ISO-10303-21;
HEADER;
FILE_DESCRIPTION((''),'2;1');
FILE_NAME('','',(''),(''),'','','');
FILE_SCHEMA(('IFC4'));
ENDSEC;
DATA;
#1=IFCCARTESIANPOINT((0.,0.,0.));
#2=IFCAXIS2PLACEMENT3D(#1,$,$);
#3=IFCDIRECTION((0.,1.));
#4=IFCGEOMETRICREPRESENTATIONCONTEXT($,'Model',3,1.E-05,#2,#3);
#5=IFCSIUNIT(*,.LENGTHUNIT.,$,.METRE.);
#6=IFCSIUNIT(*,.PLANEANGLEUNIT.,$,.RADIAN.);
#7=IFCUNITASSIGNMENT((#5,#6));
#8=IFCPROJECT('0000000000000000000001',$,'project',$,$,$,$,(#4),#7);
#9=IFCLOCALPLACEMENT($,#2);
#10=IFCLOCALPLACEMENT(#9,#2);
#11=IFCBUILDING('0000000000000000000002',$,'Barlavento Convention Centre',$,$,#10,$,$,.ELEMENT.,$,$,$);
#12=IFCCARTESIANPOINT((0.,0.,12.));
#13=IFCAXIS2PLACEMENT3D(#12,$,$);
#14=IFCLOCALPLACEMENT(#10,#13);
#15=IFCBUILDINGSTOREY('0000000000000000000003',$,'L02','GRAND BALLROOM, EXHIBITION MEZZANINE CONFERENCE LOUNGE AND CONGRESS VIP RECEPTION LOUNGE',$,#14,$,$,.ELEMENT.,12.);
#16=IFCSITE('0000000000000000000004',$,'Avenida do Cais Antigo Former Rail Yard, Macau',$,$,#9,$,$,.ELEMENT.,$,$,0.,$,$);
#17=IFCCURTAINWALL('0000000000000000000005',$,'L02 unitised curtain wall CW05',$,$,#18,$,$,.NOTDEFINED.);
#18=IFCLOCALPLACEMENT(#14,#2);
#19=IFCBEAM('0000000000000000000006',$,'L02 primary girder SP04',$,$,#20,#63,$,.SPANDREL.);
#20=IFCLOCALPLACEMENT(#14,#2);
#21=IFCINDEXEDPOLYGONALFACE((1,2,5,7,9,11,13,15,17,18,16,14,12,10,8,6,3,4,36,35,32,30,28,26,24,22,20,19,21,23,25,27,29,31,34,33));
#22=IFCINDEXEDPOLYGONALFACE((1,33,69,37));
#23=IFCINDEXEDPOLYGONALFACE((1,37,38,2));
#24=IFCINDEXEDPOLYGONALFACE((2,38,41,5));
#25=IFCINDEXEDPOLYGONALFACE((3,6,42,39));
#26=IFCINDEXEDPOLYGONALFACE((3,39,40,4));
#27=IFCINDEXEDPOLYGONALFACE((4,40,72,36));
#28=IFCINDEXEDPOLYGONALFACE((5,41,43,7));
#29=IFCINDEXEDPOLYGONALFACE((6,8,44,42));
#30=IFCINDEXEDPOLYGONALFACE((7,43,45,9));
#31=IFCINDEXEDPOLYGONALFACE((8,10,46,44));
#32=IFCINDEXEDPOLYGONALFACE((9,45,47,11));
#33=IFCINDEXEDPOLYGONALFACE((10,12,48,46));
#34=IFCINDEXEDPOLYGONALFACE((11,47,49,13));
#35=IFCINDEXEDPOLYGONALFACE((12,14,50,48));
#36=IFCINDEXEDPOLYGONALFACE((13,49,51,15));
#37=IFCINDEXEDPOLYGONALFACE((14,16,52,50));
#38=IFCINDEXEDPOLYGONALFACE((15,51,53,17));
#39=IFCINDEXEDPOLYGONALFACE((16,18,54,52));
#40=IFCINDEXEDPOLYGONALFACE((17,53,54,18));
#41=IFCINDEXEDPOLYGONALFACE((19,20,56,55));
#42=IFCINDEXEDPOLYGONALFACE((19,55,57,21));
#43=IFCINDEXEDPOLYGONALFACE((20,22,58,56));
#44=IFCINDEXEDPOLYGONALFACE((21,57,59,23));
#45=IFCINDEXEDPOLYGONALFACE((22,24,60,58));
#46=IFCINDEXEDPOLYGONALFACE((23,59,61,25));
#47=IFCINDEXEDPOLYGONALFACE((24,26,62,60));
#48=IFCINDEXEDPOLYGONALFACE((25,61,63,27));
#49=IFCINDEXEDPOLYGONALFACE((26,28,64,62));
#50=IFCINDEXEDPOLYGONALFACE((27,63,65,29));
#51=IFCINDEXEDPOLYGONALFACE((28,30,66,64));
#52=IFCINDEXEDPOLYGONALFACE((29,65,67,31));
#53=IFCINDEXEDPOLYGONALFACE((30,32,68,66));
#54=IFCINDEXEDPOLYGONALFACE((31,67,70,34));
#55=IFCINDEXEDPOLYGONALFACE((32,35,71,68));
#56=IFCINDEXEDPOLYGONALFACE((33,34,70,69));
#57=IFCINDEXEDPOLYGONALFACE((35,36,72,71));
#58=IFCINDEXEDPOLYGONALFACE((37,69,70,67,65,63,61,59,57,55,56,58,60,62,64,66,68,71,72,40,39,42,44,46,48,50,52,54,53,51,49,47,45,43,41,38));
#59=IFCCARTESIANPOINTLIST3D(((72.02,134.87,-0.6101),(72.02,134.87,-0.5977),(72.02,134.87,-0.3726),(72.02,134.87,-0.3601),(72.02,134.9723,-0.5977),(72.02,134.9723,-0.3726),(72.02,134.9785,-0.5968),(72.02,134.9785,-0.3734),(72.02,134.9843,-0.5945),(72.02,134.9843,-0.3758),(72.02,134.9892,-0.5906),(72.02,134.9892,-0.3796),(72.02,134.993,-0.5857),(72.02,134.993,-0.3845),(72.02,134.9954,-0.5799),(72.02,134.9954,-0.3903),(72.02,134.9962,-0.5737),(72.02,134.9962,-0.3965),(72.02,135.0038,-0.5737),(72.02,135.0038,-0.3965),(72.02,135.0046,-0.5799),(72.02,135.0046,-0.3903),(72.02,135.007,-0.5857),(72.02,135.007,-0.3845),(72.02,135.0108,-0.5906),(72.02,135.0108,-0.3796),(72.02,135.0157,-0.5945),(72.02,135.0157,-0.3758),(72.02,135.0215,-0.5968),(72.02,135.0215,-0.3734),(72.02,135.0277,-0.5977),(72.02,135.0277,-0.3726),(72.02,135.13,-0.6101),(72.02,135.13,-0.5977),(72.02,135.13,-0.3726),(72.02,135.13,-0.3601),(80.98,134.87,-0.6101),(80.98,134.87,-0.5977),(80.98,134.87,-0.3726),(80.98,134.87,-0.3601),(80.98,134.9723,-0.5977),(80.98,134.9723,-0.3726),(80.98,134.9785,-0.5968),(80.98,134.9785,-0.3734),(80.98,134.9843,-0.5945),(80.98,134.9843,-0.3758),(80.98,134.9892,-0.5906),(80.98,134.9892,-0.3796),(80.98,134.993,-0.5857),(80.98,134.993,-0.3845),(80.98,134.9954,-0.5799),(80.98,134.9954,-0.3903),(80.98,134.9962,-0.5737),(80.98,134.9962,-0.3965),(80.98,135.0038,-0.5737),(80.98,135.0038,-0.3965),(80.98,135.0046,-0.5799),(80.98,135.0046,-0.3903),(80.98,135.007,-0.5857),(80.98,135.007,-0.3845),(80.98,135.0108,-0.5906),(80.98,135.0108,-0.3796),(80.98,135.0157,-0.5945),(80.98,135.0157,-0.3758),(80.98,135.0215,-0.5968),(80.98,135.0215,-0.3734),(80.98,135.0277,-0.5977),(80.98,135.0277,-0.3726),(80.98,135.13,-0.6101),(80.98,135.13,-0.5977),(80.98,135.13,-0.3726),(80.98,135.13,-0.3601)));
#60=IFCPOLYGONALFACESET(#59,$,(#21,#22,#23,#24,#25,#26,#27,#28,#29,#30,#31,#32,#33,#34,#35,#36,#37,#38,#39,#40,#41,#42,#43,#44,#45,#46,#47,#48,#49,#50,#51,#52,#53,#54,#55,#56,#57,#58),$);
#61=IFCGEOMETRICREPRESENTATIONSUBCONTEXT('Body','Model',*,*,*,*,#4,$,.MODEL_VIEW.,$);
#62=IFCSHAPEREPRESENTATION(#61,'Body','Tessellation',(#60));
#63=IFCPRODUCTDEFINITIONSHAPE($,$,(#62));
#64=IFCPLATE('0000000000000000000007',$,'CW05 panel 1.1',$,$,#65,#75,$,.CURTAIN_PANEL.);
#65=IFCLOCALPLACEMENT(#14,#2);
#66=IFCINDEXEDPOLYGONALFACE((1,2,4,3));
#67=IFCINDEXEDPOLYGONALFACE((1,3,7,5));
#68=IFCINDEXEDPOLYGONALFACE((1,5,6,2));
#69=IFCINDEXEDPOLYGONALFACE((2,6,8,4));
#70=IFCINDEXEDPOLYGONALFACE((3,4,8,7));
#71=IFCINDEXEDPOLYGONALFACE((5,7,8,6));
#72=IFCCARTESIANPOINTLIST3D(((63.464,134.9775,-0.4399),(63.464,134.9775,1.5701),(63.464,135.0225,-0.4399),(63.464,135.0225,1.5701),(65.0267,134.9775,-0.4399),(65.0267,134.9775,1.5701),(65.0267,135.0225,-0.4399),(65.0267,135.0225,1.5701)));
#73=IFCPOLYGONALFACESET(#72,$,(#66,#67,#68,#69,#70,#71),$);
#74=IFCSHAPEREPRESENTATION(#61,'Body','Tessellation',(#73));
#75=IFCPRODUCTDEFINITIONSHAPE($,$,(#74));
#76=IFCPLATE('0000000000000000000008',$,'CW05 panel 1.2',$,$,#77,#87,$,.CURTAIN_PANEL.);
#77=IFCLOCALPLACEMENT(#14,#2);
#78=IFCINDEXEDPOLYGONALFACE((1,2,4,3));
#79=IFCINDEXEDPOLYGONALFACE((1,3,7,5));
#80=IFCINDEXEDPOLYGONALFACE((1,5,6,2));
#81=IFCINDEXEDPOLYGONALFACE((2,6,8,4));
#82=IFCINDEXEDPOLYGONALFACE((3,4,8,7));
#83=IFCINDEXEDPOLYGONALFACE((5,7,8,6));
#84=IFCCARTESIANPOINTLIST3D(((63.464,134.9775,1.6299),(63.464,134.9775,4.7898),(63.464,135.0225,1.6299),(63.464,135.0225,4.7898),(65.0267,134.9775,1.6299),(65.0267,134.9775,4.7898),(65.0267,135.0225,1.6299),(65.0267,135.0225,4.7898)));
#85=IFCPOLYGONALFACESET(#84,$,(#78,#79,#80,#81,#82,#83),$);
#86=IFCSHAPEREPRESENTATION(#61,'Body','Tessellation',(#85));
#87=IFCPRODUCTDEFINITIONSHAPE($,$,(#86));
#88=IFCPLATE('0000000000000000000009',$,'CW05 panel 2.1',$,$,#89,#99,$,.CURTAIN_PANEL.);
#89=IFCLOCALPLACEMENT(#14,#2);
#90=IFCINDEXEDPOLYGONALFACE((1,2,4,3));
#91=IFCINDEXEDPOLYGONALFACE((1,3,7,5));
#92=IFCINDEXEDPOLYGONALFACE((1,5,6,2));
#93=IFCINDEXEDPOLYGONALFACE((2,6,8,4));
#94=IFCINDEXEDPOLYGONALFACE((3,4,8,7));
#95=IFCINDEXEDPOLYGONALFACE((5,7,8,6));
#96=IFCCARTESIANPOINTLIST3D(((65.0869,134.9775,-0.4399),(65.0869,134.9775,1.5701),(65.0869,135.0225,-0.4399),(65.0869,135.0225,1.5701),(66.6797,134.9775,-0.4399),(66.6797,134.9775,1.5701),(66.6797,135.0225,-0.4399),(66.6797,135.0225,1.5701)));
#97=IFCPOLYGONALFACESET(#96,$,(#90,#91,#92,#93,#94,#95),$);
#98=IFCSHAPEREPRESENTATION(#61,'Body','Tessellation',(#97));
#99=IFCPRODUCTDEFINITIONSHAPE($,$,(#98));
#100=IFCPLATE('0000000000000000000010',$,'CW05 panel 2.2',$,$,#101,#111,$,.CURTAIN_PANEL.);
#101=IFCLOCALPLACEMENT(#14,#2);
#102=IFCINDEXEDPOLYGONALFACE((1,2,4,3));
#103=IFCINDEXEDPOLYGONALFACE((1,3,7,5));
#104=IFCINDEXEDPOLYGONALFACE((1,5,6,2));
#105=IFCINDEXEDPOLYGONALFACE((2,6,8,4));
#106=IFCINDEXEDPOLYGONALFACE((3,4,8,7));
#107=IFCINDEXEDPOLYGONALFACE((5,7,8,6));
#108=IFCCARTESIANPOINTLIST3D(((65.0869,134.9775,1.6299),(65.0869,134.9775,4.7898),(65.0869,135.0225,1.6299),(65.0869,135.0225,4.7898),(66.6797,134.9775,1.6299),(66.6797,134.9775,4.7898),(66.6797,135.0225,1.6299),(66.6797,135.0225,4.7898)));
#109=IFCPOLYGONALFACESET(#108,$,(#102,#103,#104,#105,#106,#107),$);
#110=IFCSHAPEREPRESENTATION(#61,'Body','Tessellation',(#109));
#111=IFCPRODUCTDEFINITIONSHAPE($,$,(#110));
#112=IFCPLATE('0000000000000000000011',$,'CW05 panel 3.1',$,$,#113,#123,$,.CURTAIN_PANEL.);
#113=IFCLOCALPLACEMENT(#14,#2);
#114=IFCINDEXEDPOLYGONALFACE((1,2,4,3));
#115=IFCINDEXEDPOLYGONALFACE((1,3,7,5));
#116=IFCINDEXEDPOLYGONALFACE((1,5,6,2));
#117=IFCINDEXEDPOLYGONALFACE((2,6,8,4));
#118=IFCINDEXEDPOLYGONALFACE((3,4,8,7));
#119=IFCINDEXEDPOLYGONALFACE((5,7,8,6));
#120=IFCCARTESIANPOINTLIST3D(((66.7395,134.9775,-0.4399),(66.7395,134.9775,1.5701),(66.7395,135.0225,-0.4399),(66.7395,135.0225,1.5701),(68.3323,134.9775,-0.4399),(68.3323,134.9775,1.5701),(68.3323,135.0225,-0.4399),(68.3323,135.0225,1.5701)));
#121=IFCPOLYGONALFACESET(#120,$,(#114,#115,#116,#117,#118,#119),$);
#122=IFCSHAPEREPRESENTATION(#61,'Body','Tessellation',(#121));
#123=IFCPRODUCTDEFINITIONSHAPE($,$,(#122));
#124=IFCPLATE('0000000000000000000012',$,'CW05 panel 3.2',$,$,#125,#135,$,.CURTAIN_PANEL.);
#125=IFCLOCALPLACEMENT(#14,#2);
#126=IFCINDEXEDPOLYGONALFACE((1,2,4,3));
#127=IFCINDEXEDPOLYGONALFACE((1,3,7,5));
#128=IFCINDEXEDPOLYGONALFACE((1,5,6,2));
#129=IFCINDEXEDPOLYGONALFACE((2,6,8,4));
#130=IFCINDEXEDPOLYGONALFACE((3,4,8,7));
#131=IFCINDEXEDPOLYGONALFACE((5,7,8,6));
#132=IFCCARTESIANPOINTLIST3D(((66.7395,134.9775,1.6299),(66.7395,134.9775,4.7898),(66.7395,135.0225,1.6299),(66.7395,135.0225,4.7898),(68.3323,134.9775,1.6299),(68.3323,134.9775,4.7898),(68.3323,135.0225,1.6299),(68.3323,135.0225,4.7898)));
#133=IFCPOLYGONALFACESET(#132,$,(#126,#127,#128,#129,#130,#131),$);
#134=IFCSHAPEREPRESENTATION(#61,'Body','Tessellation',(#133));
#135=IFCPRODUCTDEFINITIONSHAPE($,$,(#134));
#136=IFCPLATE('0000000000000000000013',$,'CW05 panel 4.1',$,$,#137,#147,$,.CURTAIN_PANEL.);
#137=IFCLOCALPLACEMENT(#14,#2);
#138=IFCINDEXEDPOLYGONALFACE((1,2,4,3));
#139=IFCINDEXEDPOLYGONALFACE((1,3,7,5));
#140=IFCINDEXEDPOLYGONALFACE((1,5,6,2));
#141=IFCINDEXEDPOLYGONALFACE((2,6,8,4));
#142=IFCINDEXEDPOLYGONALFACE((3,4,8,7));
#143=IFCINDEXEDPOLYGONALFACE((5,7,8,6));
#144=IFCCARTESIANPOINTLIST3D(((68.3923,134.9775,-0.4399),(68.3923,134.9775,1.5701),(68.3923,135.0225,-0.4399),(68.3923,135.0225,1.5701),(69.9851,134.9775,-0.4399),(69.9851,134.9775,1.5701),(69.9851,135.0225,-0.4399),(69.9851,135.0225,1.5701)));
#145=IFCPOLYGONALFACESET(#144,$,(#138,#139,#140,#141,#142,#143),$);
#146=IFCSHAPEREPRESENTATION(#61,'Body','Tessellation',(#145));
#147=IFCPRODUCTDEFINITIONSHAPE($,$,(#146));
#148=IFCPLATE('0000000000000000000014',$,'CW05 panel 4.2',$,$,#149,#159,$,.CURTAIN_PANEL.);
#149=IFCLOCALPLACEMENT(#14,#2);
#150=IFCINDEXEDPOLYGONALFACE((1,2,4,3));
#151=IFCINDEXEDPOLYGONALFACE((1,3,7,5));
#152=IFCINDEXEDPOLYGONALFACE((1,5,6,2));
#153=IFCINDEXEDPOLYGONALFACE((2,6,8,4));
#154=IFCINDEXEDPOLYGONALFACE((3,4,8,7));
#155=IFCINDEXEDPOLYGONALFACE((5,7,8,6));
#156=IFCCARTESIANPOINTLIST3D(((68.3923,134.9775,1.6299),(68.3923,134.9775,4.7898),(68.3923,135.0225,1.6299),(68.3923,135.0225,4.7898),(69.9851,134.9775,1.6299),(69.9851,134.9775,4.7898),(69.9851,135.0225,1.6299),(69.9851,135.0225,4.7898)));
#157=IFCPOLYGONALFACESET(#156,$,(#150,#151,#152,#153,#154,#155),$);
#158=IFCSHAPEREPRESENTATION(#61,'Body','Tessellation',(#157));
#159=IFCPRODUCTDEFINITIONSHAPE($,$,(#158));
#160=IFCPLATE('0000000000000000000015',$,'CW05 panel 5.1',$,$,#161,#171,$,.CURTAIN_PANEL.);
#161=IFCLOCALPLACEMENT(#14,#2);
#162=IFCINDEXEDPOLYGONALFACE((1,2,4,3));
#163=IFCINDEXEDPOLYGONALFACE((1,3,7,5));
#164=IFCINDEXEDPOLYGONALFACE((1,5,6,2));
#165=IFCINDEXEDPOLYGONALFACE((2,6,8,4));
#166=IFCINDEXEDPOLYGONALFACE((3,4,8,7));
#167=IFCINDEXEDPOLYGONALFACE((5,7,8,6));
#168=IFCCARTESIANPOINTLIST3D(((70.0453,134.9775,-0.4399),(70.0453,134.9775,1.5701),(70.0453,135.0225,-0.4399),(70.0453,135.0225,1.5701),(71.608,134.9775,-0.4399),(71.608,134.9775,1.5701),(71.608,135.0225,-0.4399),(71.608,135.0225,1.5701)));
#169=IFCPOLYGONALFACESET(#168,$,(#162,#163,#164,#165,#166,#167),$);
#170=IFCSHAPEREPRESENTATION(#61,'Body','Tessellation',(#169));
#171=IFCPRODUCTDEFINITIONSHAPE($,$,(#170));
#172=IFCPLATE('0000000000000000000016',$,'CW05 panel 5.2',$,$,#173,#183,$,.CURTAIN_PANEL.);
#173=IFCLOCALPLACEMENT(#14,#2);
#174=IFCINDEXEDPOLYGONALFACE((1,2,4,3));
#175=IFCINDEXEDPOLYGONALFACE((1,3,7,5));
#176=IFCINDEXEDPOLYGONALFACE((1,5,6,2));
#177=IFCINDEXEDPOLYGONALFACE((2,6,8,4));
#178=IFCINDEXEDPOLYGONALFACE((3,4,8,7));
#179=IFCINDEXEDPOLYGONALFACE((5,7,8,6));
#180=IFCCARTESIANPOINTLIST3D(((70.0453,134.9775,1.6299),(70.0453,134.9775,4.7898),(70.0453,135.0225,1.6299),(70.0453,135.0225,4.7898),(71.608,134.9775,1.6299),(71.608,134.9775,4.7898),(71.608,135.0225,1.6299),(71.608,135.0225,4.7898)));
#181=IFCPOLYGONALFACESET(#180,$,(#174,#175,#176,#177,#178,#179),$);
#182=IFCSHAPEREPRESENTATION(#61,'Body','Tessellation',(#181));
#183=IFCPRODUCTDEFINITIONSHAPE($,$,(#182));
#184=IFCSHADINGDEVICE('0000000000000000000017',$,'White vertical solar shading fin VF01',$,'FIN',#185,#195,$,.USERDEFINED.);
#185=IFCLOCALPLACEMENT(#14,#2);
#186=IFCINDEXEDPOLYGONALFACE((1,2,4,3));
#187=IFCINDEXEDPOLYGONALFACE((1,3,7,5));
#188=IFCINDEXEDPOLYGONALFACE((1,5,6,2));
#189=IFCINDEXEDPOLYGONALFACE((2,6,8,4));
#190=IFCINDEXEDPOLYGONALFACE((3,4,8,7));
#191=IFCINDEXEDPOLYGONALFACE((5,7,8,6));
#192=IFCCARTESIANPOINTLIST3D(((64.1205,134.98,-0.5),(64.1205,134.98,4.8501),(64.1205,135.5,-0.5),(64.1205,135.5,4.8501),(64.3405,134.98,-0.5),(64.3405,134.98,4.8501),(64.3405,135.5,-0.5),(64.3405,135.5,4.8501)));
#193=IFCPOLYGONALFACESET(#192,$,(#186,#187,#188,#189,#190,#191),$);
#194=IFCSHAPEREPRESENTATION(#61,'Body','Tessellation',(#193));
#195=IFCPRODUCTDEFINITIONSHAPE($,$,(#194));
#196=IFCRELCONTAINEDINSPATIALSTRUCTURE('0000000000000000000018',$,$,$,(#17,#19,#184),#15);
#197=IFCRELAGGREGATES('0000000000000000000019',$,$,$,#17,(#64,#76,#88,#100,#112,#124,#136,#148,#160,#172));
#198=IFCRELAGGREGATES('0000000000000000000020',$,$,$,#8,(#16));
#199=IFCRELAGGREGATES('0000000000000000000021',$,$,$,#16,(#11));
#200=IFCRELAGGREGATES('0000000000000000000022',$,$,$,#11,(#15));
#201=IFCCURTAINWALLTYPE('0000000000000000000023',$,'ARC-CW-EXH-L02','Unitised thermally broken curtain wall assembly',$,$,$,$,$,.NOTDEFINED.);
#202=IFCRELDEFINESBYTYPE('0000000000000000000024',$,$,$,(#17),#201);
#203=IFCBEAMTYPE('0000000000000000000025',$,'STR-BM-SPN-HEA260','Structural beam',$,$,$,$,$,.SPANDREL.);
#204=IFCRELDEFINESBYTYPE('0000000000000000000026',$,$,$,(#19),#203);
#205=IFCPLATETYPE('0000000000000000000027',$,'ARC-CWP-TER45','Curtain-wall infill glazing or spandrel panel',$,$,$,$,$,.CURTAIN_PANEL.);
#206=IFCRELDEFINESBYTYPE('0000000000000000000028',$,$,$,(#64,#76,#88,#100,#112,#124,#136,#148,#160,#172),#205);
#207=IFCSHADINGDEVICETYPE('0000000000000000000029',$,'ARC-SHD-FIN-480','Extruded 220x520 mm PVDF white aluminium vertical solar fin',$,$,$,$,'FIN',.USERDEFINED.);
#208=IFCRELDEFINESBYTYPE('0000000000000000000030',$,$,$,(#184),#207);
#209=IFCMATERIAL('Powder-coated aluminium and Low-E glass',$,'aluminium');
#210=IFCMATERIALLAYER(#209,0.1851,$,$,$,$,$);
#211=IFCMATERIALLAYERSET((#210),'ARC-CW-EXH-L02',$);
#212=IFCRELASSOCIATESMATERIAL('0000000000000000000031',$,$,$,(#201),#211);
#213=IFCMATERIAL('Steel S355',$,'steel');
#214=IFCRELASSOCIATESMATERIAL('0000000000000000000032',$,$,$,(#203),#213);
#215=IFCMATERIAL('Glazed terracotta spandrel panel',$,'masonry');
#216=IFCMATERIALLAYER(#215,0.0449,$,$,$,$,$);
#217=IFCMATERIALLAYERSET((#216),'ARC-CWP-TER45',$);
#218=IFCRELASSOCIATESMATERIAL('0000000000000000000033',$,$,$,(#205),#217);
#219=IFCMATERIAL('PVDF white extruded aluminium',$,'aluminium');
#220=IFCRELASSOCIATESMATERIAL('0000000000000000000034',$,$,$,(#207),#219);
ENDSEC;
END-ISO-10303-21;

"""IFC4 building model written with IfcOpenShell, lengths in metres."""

from ifc_helpers import new_model, si_unit, direction, frame, origin, origin_2d, place, context, subcontext, project, spatial, rectangle, i_section, extrude, material, layer, layer_set, material_profile, profile_set, type_object, element, aggregate, save


model = new_model("IFC4")

# Units and contexts
model_context = context("Model", 3, precision=1e-05, world=origin(), true_north=direction((0.0, 1.0)))
body_context = subcontext(model_context, "Body", "Model", "MODEL_VIEW")
ifc_project = project(units=[si_unit("LENGTHUNIT", "METRE"), si_unit("PLANEANGLEUNIT", "RADIAN")], contexts=[model_context])

# Site, building, storey
site_placement = place(None, origin())
site = spatial("IfcSite", under=ifc_project, at=site_placement, Name="Avenida do Cais Antigo Former Rail Yard, Macau", CompositionType="ELEMENT", RefElevation=0.0)
building_placement = place(site_placement, origin())
building = spatial("IfcBuilding", under=site, at=building_placement, Name="Barlavento Convention Centre", CompositionType="ELEMENT")
storey_placement = place(building_placement, frame((0.0, 0.0, 12.0)))
storey = spatial("IfcBuildingStorey", under=building, at=storey_placement, Name="L02", Description="GRAND BALLROOM, EXHIBITION MEZZANINE CONFERENCE LOUNGE AND CONGRESS VIP RECEPTION LOUNGE", CompositionType="ELEMENT", Elevation=12.0)

# Shared definitions
ifc_material_1 = material(Name="Steel S355", Category="steel")

# Curtain wall
ifc_material_2 = material(Name="Powder-coated aluminium and Low-E glass", Category="aluminium")
ifc_layer_1 = layer(ifc_material_2, 0.1851)
ifc_layer_set_1 = layer_set([ifc_layer_1], Name="ARC-CW-EXH-L02")
curtain_wall_type = type_object("IfcCurtainWallType", Name="ARC-CW-EXH-L02", Description="Unitised thermally broken curtain wall assembly", PredefinedType="NOTDEFINED", material=ifc_layer_set_1)
curtain_wall_placement = place(storey_placement, origin())
curtain_wall = element("IfcCurtainWall", 1, at=curtain_wall_placement, inside=storey, type_object=curtain_wall_type, Name="L02 unitised curtain wall CW05", PredefinedType="NOTDEFINED")

# Beam
ifc_material_profile_1 = material_profile(ifc_material_1, i_section(OverallWidth=0.26, OverallDepth=0.25, WebThickness=0.0076, FlangeThickness=0.0125, FilletRadius=0.0239, at=origin_2d()), Name="HEA 260")
ifc_profile_set_1 = profile_set([ifc_material_profile_1], Name="Steel S355")
beam_type = type_object("IfcBeamType", Name="STR-BM-SPN-HEA260", Description="Structural beam", PredefinedType="SPANDREL", material=ifc_profile_set_1)
beam_placement = place(storey_placement, frame((72.02, 135.0, -0.4851), z_axis=(1.0, 0.0, 0.0), x_axis=(0.0, 1.0, 0.0)))
element("IfcBeam", 2, at=beam_placement, inside=storey, type_object=beam_type, Name="L02 primary girder SP04", PredefinedType="SPANDREL", context=body_context, shape_type="SweptSolid", body=[
    extrude(i_section(OverallWidth=0.26, OverallDepth=0.25, WebThickness=0.0076, FlangeThickness=0.0125, FilletRadius=0.0239, at=origin_2d()), origin(), (0.0, 0.0, 1.0), 8.96),
])

# Plates
ifc_material_3 = material(Name="Glazed terracotta spandrel panel", Category="masonry")
ifc_layer_2 = layer(ifc_material_3, 0.0449)
ifc_layer_set_2 = layer_set([ifc_layer_2], Name="ARC-CWP-TER45")
plate_type = type_object("IfcPlateType", Name="ARC-CWP-TER45", Description="Curtain-wall infill glazing or spandrel panel", PredefinedType="CURTAIN_PANEL", material=ifc_layer_set_2)
plate_1_placement = place(storey_placement, frame((64.2454, 135.0, -0.4399), z_axis=(0.0, 0.0, 1.0), x_axis=(1.0, 0.0, 0.0)))
plate_1 = element("IfcPlate", 3, at=plate_1_placement, type_object=plate_type, Name="CW05 panel 1.1", PredefinedType="CURTAIN_PANEL", context=body_context, shape_type="SweptSolid", body=[
    extrude(rectangle(XDim=1.5627, YDim=0.0449, at=origin_2d()), origin(), (0.0, 0.0, 1.0), 2.01),
])
plate_2_placement = place(storey_placement, frame((64.2454, 135.0, 1.6299), z_axis=(0.0, 0.0, 1.0), x_axis=(1.0, 0.0, 0.0)))
plate_2 = element("IfcPlate", 4, at=plate_2_placement, type_object=plate_type, Name="CW05 panel 1.2", PredefinedType="CURTAIN_PANEL", context=body_context, shape_type="SweptSolid", body=[
    extrude(rectangle(XDim=1.5627, YDim=0.0449, at=origin_2d()), origin(), (0.0, 0.0, 1.0), 3.1599),
])
plate_3_placement = place(storey_placement, frame((65.8833, 135.0, -0.4399), z_axis=(0.0, 0.0, 1.0), x_axis=(1.0, 0.0, 0.0)))
plate_3 = element("IfcPlate", 5, at=plate_3_placement, type_object=plate_type, Name="CW05 panel 2.1", PredefinedType="CURTAIN_PANEL", context=body_context, shape_type="SweptSolid", body=[
    extrude(rectangle(XDim=1.5928, YDim=0.0449, at=origin_2d()), origin(), (0.0, 0.0, 1.0), 2.01),
])
plate_4_placement = place(storey_placement, frame((65.8833, 135.0, 1.6299), z_axis=(0.0, 0.0, 1.0), x_axis=(1.0, 0.0, 0.0)))
plate_4 = element("IfcPlate", 6, at=plate_4_placement, type_object=plate_type, Name="CW05 panel 2.2", PredefinedType="CURTAIN_PANEL", context=body_context, shape_type="SweptSolid", body=[
    extrude(rectangle(XDim=1.5928, YDim=0.0449, at=origin_2d()), origin(), (0.0, 0.0, 1.0), 3.1599),
])
plate_5_placement = place(storey_placement, frame((67.5359, 135.0, -0.4399), z_axis=(0.0, 0.0, 1.0), x_axis=(1.0, 0.0, 0.0)))
plate_5 = element("IfcPlate", 7, at=plate_5_placement, type_object=plate_type, Name="CW05 panel 3.1", PredefinedType="CURTAIN_PANEL", context=body_context, shape_type="SweptSolid", body=[
    extrude(rectangle(XDim=1.5928, YDim=0.0449, at=origin_2d()), origin(), (0.0, 0.0, 1.0), 2.01),
])
plate_6_placement = place(storey_placement, frame((67.5359, 135.0, 1.6299), z_axis=(0.0, 0.0, 1.0), x_axis=(1.0, 0.0, 0.0)))
plate_6 = element("IfcPlate", 8, at=plate_6_placement, type_object=plate_type, Name="CW05 panel 3.2", PredefinedType="CURTAIN_PANEL", context=body_context, shape_type="SweptSolid", body=[
    extrude(rectangle(XDim=1.5928, YDim=0.0449, at=origin_2d()), origin(), (0.0, 0.0, 1.0), 3.1599),
])
plate_7_placement = place(storey_placement, frame((69.1887, 135.0, -0.4399), z_axis=(0.0, 0.0, 1.0), x_axis=(1.0, 0.0, 0.0)))
plate_7 = element("IfcPlate", 9, at=plate_7_placement, type_object=plate_type, Name="CW05 panel 4.1", PredefinedType="CURTAIN_PANEL", context=body_context, shape_type="SweptSolid", body=[
    extrude(rectangle(XDim=1.5928, YDim=0.0449, at=origin_2d()), origin(), (0.0, 0.0, 1.0), 2.01),
])
plate_8_placement = place(storey_placement, frame((69.1887, 135.0, 1.6299), z_axis=(0.0, 0.0, 1.0), x_axis=(1.0, 0.0, 0.0)))
plate_8 = element("IfcPlate", 10, at=plate_8_placement, type_object=plate_type, Name="CW05 panel 4.2", PredefinedType="CURTAIN_PANEL", context=body_context, shape_type="SweptSolid", body=[
    extrude(rectangle(XDim=1.5928, YDim=0.0449, at=origin_2d()), origin(), (0.0, 0.0, 1.0), 3.1599),
])
plate_9_placement = place(storey_placement, frame((70.8267, 135.0, -0.4399), z_axis=(0.0, 0.0, 1.0), x_axis=(1.0, 0.0, 0.0)))
plate_9 = element("IfcPlate", 11, at=plate_9_placement, type_object=plate_type, Name="CW05 panel 5.1", PredefinedType="CURTAIN_PANEL", context=body_context, shape_type="SweptSolid", body=[
    extrude(rectangle(XDim=1.5627, YDim=0.0449, at=origin_2d()), origin(), (0.0, 0.0, 1.0), 2.01),
])
plate_10_placement = place(storey_placement, frame((70.8267, 135.0, 1.6299), z_axis=(0.0, 0.0, 1.0), x_axis=(1.0, 0.0, 0.0)))
plate_10 = element("IfcPlate", 12, at=plate_10_placement, type_object=plate_type, Name="CW05 panel 5.2", PredefinedType="CURTAIN_PANEL", context=body_context, shape_type="SweptSolid", body=[
    extrude(rectangle(XDim=1.5627, YDim=0.0449, at=origin_2d()), origin(), (0.0, 0.0, 1.0), 3.1599),
])
aggregate(curtain_wall, [plate_1, plate_2, plate_3, plate_4, plate_5, plate_6, plate_7, plate_8, plate_9, plate_10])

# Shading device
ifc_material_4 = material(Name="PVDF white extruded aluminium", Category="aluminium")
shading_device_type = type_object("IfcShadingDeviceType", Name="ARC-SHD-FIN-480", Description="Extruded 220x520 mm PVDF white aluminium vertical solar fin", ElementType="FIN", PredefinedType="USERDEFINED", material=ifc_material_4)
for number, where, z_axis, x_axis, name in (
    (13, (64.2305, 135.24, -0.5), (0.0, 0.0, 1.0), (1.0, 0.0, 0.0), "White vertical solar shading fin VF01"),
):
    element("IfcShadingDevice", number, at=place(storey_placement, frame(where, z_axis=z_axis, x_axis=x_axis)), inside=storey, type_object=shading_device_type, Name=name, ObjectType="FIN", PredefinedType="USERDEFINED", context=body_context, shape_type="SweptSolid", body=[
        extrude(rectangle(XDim=0.22, YDim=0.52, at=origin_2d()), origin(), (0.0, 0.0, 1.0), 5.3501),
    ])

save(model, "model.ifc")
